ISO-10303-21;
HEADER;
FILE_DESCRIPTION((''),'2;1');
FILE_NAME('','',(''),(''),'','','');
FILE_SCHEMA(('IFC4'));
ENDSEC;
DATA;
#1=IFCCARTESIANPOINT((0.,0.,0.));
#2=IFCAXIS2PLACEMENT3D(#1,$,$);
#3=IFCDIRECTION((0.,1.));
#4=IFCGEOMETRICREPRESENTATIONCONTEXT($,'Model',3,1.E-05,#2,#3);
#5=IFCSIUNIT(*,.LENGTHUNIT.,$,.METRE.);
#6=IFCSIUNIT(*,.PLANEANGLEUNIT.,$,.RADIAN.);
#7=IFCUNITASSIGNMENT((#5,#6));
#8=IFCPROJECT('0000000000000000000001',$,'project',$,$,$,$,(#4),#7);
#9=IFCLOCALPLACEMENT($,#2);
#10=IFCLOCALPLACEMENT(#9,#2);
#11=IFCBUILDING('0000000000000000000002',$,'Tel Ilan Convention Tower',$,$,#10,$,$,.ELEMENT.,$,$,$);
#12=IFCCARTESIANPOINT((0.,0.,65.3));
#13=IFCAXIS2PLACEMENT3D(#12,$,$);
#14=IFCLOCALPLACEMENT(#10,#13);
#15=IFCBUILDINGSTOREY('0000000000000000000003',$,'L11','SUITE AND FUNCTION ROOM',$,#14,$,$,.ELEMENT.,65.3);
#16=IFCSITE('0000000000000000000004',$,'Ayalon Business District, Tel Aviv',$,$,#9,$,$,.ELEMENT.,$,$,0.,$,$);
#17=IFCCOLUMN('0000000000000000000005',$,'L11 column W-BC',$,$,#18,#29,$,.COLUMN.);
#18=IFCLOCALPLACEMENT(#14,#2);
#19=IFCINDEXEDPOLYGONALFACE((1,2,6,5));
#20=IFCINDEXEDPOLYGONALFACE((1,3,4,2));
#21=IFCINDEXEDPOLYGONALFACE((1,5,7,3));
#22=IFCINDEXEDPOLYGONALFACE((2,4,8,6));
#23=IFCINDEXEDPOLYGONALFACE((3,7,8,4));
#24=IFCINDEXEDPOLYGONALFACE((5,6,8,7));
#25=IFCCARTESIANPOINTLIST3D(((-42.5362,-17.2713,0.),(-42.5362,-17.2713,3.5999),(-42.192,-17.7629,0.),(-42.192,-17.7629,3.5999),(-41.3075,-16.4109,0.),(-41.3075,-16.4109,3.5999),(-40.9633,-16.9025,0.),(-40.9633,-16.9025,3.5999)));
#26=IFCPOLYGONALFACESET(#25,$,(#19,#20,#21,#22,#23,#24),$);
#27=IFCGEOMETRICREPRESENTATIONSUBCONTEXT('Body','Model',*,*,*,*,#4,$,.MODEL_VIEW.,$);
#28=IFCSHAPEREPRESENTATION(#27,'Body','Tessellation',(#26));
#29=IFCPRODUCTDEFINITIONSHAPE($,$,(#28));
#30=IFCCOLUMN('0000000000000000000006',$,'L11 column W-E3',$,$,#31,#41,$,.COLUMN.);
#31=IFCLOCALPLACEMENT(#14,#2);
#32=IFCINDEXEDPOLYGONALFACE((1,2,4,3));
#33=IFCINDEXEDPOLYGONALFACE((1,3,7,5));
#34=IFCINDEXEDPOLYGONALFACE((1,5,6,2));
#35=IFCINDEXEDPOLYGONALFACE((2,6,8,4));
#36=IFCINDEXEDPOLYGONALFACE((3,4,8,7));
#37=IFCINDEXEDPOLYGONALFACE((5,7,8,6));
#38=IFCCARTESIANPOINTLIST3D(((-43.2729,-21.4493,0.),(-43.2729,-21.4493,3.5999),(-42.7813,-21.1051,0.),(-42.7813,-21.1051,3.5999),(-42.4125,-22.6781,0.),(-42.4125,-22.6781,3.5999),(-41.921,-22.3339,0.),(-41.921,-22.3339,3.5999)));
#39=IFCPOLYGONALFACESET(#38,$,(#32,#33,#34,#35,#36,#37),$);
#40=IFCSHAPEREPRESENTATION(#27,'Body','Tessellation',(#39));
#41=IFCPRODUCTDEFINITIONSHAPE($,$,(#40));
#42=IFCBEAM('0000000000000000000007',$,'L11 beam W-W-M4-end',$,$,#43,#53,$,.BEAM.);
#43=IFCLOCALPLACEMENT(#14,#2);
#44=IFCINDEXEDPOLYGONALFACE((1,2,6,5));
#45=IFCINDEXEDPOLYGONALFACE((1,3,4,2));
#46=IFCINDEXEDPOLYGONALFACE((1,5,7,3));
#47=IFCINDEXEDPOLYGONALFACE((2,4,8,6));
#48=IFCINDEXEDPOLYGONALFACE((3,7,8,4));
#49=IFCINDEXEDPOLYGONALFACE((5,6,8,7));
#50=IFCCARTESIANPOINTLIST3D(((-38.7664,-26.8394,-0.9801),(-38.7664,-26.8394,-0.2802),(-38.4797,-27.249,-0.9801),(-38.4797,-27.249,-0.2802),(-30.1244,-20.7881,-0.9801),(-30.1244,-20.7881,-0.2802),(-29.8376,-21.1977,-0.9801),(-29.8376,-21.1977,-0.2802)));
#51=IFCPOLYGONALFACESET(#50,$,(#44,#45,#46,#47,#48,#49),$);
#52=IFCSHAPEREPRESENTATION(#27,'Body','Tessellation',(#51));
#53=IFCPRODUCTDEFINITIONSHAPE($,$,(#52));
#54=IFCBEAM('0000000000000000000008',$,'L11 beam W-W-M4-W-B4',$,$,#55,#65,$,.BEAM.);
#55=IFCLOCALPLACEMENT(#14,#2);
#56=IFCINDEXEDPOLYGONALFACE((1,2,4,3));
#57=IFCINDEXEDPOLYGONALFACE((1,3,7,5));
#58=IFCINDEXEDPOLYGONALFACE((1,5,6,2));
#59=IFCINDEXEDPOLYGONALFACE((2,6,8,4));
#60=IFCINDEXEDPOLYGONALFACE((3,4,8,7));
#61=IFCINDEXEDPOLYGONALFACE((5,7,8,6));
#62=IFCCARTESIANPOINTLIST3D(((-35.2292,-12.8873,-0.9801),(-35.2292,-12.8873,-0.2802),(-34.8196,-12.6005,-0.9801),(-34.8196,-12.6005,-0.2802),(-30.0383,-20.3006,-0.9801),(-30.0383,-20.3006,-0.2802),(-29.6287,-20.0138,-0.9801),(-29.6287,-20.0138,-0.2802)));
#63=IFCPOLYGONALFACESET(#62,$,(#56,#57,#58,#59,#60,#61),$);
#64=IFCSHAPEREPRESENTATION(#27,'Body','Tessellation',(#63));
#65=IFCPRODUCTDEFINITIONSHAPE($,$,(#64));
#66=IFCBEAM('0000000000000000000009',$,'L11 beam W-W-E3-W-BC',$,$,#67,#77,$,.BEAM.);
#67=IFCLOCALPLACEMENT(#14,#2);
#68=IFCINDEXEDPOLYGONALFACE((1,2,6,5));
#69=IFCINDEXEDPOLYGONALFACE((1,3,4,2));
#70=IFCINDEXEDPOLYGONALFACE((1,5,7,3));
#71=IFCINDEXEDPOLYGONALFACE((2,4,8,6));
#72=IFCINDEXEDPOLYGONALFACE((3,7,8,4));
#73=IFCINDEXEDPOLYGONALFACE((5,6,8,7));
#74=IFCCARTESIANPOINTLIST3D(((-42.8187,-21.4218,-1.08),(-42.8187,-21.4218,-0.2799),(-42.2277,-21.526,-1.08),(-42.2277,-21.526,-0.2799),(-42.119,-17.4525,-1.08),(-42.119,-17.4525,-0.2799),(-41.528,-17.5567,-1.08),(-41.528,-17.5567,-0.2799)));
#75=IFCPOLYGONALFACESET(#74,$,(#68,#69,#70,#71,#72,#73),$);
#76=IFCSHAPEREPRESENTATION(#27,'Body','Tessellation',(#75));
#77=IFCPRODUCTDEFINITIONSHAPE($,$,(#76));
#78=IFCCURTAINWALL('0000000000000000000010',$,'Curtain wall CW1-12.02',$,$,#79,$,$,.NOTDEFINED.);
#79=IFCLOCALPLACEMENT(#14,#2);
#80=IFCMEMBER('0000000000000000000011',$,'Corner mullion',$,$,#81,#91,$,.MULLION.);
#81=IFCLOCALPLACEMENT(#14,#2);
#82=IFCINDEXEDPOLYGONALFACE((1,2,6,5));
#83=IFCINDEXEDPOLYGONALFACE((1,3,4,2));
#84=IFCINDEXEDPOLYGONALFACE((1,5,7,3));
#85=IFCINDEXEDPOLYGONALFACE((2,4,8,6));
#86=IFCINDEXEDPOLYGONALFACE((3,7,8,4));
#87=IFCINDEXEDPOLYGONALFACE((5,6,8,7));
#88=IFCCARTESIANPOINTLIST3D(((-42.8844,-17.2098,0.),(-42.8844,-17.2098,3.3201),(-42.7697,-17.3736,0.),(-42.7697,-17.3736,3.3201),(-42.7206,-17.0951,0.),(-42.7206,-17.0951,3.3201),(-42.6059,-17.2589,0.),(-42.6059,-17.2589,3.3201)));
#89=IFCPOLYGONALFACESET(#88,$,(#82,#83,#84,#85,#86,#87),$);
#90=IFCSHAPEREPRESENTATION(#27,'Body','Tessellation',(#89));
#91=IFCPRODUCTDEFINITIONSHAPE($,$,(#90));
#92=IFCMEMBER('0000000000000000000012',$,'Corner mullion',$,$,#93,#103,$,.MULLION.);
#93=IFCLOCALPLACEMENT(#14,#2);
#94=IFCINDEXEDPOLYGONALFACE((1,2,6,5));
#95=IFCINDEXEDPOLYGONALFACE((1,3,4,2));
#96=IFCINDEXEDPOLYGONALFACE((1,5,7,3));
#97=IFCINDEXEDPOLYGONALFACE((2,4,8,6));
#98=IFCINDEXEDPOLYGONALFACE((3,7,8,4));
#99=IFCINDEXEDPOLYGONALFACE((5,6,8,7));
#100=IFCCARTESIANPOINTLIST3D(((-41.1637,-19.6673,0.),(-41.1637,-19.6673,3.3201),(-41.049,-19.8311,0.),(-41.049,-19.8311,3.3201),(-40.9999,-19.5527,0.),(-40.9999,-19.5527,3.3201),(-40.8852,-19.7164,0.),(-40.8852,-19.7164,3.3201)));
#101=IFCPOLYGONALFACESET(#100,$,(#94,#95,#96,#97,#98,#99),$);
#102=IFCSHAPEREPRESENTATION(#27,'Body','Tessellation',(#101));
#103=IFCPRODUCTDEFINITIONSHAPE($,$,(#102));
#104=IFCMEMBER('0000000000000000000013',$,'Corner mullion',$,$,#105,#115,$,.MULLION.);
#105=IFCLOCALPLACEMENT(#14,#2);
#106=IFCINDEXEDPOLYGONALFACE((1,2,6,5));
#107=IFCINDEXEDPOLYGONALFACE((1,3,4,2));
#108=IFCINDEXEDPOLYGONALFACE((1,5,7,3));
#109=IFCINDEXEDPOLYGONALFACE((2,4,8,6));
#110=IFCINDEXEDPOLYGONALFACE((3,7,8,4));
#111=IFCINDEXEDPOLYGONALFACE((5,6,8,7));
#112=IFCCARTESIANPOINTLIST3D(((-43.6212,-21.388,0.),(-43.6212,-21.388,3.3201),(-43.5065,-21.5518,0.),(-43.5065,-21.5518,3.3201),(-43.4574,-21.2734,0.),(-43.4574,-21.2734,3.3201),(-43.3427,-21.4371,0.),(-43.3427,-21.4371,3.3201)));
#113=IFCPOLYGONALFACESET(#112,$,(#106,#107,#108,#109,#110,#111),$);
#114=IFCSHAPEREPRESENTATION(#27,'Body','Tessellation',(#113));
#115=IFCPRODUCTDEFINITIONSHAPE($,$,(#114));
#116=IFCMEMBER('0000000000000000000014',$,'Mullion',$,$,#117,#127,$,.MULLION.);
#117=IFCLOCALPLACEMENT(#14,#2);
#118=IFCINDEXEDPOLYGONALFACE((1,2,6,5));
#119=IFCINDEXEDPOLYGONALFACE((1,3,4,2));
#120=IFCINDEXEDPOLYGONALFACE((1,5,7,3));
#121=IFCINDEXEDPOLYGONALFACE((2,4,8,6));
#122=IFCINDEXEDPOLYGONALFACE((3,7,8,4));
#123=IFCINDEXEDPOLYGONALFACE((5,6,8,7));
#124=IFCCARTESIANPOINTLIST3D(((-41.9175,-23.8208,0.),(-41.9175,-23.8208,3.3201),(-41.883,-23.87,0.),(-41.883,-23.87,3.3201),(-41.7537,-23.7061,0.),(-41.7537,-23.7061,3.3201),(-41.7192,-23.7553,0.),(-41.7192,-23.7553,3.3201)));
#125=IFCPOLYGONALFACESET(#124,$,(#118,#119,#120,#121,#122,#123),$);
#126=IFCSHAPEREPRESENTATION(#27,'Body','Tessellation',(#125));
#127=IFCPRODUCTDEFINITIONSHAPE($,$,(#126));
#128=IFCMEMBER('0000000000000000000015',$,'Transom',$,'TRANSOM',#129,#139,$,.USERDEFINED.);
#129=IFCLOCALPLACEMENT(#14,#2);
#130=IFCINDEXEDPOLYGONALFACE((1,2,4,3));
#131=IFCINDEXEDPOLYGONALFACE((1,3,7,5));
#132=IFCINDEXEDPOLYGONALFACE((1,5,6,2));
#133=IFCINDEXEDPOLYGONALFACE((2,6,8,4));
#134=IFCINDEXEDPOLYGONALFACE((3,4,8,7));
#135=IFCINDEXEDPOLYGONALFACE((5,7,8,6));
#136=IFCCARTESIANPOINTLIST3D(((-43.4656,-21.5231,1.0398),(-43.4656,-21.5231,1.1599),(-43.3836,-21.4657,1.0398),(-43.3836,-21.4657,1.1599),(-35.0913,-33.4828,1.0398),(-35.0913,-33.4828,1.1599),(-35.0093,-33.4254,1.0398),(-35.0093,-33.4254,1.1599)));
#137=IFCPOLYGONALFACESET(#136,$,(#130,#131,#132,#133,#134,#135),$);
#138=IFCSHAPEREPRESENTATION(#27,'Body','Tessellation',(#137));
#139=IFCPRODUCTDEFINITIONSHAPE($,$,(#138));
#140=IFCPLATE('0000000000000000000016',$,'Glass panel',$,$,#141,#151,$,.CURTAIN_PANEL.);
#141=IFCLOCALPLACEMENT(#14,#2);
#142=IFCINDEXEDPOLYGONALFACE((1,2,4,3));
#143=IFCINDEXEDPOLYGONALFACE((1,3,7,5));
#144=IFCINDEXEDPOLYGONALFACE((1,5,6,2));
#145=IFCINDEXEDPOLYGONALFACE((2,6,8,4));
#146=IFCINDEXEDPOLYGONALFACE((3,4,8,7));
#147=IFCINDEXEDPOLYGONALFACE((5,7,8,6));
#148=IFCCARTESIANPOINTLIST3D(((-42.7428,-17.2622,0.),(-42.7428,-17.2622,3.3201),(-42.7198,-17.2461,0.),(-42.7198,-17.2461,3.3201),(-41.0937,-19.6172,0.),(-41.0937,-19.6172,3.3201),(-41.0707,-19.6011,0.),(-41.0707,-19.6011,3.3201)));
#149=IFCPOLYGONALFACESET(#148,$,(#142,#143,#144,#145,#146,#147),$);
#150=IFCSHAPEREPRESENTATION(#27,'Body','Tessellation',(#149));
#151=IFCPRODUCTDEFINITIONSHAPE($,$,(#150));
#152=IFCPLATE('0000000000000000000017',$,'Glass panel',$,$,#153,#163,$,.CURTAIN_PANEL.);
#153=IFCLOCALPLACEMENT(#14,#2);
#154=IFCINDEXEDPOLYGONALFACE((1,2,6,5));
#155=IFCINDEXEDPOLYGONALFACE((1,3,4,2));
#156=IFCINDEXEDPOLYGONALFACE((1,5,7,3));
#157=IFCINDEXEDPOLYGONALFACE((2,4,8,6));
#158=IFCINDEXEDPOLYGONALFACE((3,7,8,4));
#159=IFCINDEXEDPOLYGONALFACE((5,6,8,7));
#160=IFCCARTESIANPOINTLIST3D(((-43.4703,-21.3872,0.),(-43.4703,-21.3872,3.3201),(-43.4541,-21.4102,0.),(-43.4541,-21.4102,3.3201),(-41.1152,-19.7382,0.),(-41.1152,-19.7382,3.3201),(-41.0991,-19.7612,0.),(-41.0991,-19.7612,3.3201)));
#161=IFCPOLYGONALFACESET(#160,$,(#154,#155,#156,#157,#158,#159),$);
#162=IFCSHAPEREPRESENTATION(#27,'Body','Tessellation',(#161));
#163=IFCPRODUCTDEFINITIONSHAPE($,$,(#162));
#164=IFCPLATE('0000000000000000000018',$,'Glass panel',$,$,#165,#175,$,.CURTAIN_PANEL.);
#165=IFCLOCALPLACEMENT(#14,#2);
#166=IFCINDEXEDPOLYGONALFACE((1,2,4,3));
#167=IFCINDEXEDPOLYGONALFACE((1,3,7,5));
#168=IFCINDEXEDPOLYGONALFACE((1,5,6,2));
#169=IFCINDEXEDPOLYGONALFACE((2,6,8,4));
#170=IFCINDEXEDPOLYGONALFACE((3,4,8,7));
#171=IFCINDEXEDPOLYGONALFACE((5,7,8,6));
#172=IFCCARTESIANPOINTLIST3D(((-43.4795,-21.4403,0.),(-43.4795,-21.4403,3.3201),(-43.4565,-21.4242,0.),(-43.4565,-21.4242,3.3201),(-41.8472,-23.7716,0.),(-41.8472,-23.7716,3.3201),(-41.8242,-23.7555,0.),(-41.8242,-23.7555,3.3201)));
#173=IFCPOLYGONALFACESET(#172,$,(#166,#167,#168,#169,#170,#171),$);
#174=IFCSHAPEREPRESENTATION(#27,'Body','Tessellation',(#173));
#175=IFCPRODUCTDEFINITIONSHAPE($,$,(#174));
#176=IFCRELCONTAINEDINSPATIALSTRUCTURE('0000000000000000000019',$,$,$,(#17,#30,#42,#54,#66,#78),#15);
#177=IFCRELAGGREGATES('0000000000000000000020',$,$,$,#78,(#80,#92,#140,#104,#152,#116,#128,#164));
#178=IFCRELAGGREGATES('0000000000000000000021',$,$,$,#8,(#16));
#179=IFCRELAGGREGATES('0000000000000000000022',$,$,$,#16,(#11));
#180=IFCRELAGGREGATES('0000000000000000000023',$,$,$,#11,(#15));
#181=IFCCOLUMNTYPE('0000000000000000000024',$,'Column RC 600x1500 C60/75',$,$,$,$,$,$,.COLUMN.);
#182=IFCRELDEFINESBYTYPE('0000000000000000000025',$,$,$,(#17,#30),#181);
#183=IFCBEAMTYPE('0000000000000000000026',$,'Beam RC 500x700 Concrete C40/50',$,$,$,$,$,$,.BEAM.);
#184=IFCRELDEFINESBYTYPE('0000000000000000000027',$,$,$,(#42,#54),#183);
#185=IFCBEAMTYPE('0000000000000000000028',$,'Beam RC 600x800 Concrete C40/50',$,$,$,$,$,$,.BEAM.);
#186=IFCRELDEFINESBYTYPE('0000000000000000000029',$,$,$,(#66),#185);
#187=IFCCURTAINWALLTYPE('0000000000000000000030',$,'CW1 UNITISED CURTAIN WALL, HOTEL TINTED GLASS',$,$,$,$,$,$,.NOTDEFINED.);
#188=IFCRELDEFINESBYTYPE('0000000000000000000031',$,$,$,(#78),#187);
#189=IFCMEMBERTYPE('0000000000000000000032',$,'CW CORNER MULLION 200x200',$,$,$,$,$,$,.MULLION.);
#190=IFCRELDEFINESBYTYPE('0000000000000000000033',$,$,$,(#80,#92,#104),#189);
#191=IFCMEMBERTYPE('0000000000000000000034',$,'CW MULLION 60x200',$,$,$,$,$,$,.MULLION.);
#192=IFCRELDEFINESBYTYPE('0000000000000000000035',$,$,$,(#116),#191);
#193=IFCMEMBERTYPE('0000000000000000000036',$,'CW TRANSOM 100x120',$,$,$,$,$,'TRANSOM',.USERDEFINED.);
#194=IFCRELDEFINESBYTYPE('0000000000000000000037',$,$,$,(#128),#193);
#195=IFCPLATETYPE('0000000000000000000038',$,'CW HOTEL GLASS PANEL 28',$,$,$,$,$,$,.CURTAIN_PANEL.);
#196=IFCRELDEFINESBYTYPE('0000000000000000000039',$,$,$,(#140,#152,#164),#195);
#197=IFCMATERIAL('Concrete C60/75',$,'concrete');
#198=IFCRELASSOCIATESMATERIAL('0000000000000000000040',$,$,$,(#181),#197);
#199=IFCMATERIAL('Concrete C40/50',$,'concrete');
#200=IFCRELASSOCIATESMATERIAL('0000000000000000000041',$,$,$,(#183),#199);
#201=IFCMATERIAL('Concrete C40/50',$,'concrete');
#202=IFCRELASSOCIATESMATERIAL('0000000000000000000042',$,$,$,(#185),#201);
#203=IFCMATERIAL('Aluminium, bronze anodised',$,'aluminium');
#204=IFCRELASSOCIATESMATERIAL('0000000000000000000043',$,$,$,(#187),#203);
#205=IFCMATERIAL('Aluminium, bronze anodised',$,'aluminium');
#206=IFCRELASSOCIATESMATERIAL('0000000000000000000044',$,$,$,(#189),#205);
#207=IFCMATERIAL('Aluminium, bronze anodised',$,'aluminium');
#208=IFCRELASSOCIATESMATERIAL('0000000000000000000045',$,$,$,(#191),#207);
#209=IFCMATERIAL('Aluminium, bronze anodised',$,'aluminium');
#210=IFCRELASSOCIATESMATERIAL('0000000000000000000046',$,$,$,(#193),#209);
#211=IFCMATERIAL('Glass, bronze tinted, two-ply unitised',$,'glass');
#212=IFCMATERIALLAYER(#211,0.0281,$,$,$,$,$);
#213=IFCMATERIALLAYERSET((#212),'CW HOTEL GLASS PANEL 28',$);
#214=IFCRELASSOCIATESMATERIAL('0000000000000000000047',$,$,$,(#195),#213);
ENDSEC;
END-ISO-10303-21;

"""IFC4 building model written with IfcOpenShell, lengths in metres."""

from ifc_helpers import new_model, si_unit, direction, frame, origin, origin_2d, place, context, subcontext, project, spatial, rectangle, extrude, material, layer, layer_set, material_profile, profile_set, type_object, element, aggregate, save


model = new_model("IFC4")

# Units and contexts
model_context = context("Model", 3, precision=1e-05, world=origin(), true_north=direction((0.0, 1.0)))
body_context = subcontext(model_context, "Body", "Model", "MODEL_VIEW")
ifc_project = project(units=[si_unit("LENGTHUNIT", "METRE"), si_unit("PLANEANGLEUNIT", "RADIAN")], contexts=[model_context])

# Site, building, storey
site_placement = place(None, origin())
site = spatial("IfcSite", under=ifc_project, at=site_placement, Name="Ayalon Business District, Tel Aviv", CompositionType="ELEMENT", RefElevation=0.0)
building_placement = place(site_placement, origin())
building = spatial("IfcBuilding", under=site, at=building_placement, Name="Tel Ilan Convention Tower", CompositionType="ELEMENT")
storey_placement = place(building_placement, frame((0.0, 0.0, 65.3)))
storey = spatial("IfcBuildingStorey", under=building, at=storey_placement, Name="L11", Description="SUITE AND FUNCTION ROOM", CompositionType="ELEMENT", Elevation=65.3)

# Columns
ifc_material_1 = material(Name="Concrete C60/75", Category="concrete")
ifc_material_profile_1 = material_profile(ifc_material_1, rectangle(XDim=1.5, YDim=0.6001, at=origin_2d()), Name="RC 600x1500")
ifc_profile_set_1 = profile_set([ifc_material_profile_1], Name="Concrete C60/75")
column_type = type_object("IfcColumnType", Name="Column RC 600x1500 C60/75", PredefinedType="COLUMN", material=ifc_profile_set_1)
for number, where, z_axis, x_axis, name in (
    (1, (-41.7498, -17.0869, 0.0), (0.0, 0.0, 1.0), (-0.819152, -0.573576, 0.0), "L11 column W-BC"),
    (2, (-42.5969, -21.8916, 0.0), (0.0, 0.0, 1.0), (-0.573576, 0.819152, 0.0), "L11 column W-E3"),
):
    element("IfcColumn", number, at=place(storey_placement, frame(where, z_axis=z_axis, x_axis=x_axis)), inside=storey, type_object=column_type, Name=name, PredefinedType="COLUMN", context=body_context, shape_type="SweptSolid", body=[
        extrude(rectangle(XDim=1.5, YDim=0.6001, at=origin_2d()), origin(), (0.0, 0.0, 1.0), 3.5999),
    ])

# Beams
ifc_material_2 = material(Name="Concrete C40/50", Category="concrete")
ifc_material_profile_2 = material_profile(ifc_material_2, rectangle(XDim=0.5, YDim=0.7, at=origin_2d()), Name="RC 500x700")
ifc_profile_set_2 = profile_set([ifc_material_profile_2], Name="Concrete C40/50")
beam_type_1 = type_object("IfcBeamType", Name="Beam RC 500x700 Concrete C40/50", PredefinedType="BEAM", material=ifc_profile_set_2)
beam_1_placement = place(storey_placement, frame((-29.981, -20.9929, -0.6301), z_axis=(-0.819151, -0.573577, 0.0), x_axis=(0.573577, -0.819151, 0.0)))
element("IfcBeam", 3, at=beam_1_placement, inside=storey, type_object=beam_type_1, Name="L11 beam W-W-M4-end", PredefinedType="BEAM", context=body_context, shape_type="SweptSolid", body=[
    extrude(rectangle(XDim=0.5, YDim=0.7, at=origin_2d()), origin(), (0.0, 0.0, 1.0), 10.55),
])
beam_2_placement = place(storey_placement, frame((-29.8335, -20.1572, -0.6301), z_axis=(-0.57358, 0.81915, 0.0), x_axis=(-0.81915, -0.57358, 0.0)))
element("IfcBeam", 4, at=beam_2_placement, inside=storey, type_object=beam_type_1, Name="L11 beam W-W-M4-W-B4", PredefinedType="BEAM", context=body_context, shape_type="SweptSolid", body=[
    extrude(rectangle(XDim=0.5, YDim=0.7, at=origin_2d()), origin(), (0.0, 0.0, 1.0), 9.05),
])
ifc_material_3 = material(Name="Concrete C40/50", Category="concrete")
ifc_material_profile_3 = material_profile(ifc_material_3, rectangle(XDim=0.6001, YDim=0.8, at=origin_2d()), Name="RC 600x800")
ifc_profile_set_3 = profile_set([ifc_material_profile_3], Name="Concrete C40/50")
beam_type_2 = type_object("IfcBeamType", Name="Beam RC 600x800 Concrete C40/50", PredefinedType="BEAM", material=ifc_profile_set_3)
beam_3_placement = place(storey_placement, frame((-42.5232, -21.4739, -0.6799), z_axis=(0.173606, 0.984815, 0.0), x_axis=(-0.984815, 0.173606, 0.0)))
element("IfcBeam", 5, at=beam_3_placement, inside=storey, type_object=beam_type_2, Name="L11 beam W-W-E3-W-BC", PredefinedType="BEAM", context=body_context, shape_type="SweptSolid", body=[
    extrude(rectangle(XDim=0.6001, YDim=0.8, at=origin_2d()), origin(), (0.0, 0.0, 1.0), 4.0305),
])

# Curtain wall, members, plates
ifc_material_4 = material(Name="Aluminium, bronze anodised", Category="aluminium")
curtain_wall_type = type_object("IfcCurtainWallType", Name="CW1 UNITISED CURTAIN WALL, HOTEL TINTED GLASS", PredefinedType="NOTDEFINED", material=ifc_material_4)
curtain_wall_placement = place(storey_placement, origin())
curtain_wall = element("IfcCurtainWall", 6, at=curtain_wall_placement, inside=storey, type_object=curtain_wall_type, Name="Curtain wall CW1-12.02", PredefinedType="NOTDEFINED")
ifc_material_5 = material(Name="Aluminium, bronze anodised", Category="aluminium")
ifc_material_profile_4 = material_profile(ifc_material_5, rectangle(XDim=0.2, YDim=0.2, at=origin_2d()), Name="CW CORNER MULLION 200x200")
ifc_profile_set_4 = profile_set([ifc_material_profile_4], Name="Aluminium, bronze anodised")
member_type_1 = type_object("IfcMemberType", Name="CW CORNER MULLION 200x200", PredefinedType="MULLION", material=ifc_profile_set_4)
member_1_placement = place(storey_placement, frame((-42.7451, -17.2344, 0.0), z_axis=(0.0, 0.0, 1.0), x_axis=(-0.819152, -0.573576, 0.0)))
member_1 = element("IfcMember", 7, at=member_1_placement, type_object=member_type_1, Name="Corner mullion", PredefinedType="MULLION", context=body_context, shape_type="SweptSolid", body=[
    extrude(rectangle(XDim=0.2, YDim=0.2, at=origin_2d()), origin(), (0.0, 0.0, 1.0), 3.3201),
])
member_2_placement = place(storey_placement, frame((-41.0244, -19.6919, 0.0), z_axis=(0.0, 0.0, 1.0), x_axis=(0.573576, -0.819152, 0.0)))
member_2 = element("IfcMember", 8, at=member_2_placement, type_object=member_type_1, Name="Corner mullion", PredefinedType="MULLION", context=body_context, shape_type="SweptSolid", body=[
    extrude(rectangle(XDim=0.2, YDim=0.2, at=origin_2d()), origin(), (0.0, 0.0, 1.0), 3.3201),
])
member_3_placement = place(storey_placement, frame((-43.4819, -21.4126, 0.0), z_axis=(0.0, 0.0, 1.0), x_axis=(-0.819152, -0.573576, 0.0)))
member_3 = element("IfcMember", 9, at=member_3_placement, type_object=member_type_1, Name="Corner mullion", PredefinedType="MULLION", context=body_context, shape_type="SweptSolid", body=[
    extrude(rectangle(XDim=0.2, YDim=0.2, at=origin_2d()), origin(), (0.0, 0.0, 1.0), 3.3201),
])
ifc_material_6 = material(Name="Aluminium, bronze anodised", Category="aluminium")
ifc_material_profile_5 = material_profile(ifc_material_6, rectangle(XDim=0.0601, YDim=0.2, at=origin_2d()), Name="CW MULLION 60x200")
ifc_profile_set_5 = profile_set([ifc_material_profile_5], Name="Aluminium, bronze anodised")
member_type_2 = type_object("IfcMemberType", Name="CW MULLION 60x200", PredefinedType="MULLION", material=ifc_profile_set_5)
member_4_placement = place(storey_placement, frame((-41.8184, -23.7881, 0.0), z_axis=(0.0, 0.0, 1.0), x_axis=(0.573576, -0.819152, 0.0)))
member_4 = element("IfcMember", 10, at=member_4_placement, type_object=member_type_2, Name="Mullion", PredefinedType="MULLION", context=body_context, shape_type="SweptSolid", body=[
    extrude(rectangle(XDim=0.0601, YDim=0.2, at=origin_2d()), origin(), (0.0, 0.0, 1.0), 3.3201),
])
ifc_material_7 = material(Name="Aluminium, bronze anodised", Category="aluminium")
ifc_material_profile_6 = material_profile(ifc_material_7, rectangle(XDim=0.1001, YDim=0.1201, at=origin_2d()), Name="CW TRANSOM 100x120")
ifc_profile_set_6 = profile_set([ifc_material_profile_6], Name="Aluminium, bronze anodised")
member_type_3 = type_object("IfcMemberType", Name="CW TRANSOM 100x120", ElementType="TRANSOM", PredefinedType="USERDEFINED", material=ifc_profile_set_6)
member_5_placement = place(storey_placement, frame((-43.4246, -21.4944, 1.0999), z_axis=(0.573576, -0.819153, 0.0), x_axis=(0.819153, 0.573576, 0.0)))
member_5 = element("IfcMember", 11, at=member_5_placement, type_object=member_type_3, Name="Transom", ObjectType="TRANSOM", PredefinedType="USERDEFINED", context=body_context, shape_type="SweptSolid", body=[
    extrude(rectangle(XDim=0.1001, YDim=0.1201, at=origin_2d()), origin(), (0.0, 0.0, 1.0), 14.6001),
])
ifc_material_8 = material(Name="Glass, bronze tinted, two-ply unitised", Category="glass")
ifc_layer_1 = layer(ifc_material_8, 0.0281)
ifc_layer_set_1 = layer_set([ifc_layer_1], Name="CW HOTEL GLASS PANEL 28")
plate_type = type_object("IfcPlateType", Name="CW HOTEL GLASS PANEL 28", PredefinedType="CURTAIN_PANEL", material=ifc_layer_set_1)
plate_1_placement = place(storey_placement, frame((-41.9067, -18.4316, 0.0), z_axis=(0.0, 0.0, 1.0), x_axis=(0.573576, -0.819152, 0.0)))
plate_1 = element("IfcPlate", 12, at=plate_1_placement, type_object=plate_type, Name="Glass panel", PredefinedType="CURTAIN_PANEL", context=body_context, shape_type="SweptSolid", body=[
    extrude(rectangle(XDim=2.875, YDim=0.0281, at=origin_2d()), origin(), (0.0, 0.0, 1.0), 3.3201),
])
plate_2_placement = place(storey_placement, frame((-42.2847, -20.5742, 0.0), z_axis=(0.0, 0.0, 1.0), x_axis=(-0.819152, -0.573576, 0.0)))
plate_2 = element("IfcPlate", 13, at=plate_2_placement, type_object=plate_type, Name="Glass panel", PredefinedType="CURTAIN_PANEL", context=body_context, shape_type="SweptSolid", body=[
    extrude(rectangle(XDim=2.875, YDim=0.0281, at=origin_2d()), origin(), (0.0, 0.0, 1.0), 3.3201),
])
plate_3_placement = place(storey_placement, frame((-42.6519, -22.5979, 0.0), z_axis=(0.0, 0.0, 1.0), x_axis=(0.573576, -0.819152, 0.0)))
plate_3 = element("IfcPlate", 14, at=plate_3_placement, type_object=plate_type, Name="Glass panel", PredefinedType="CURTAIN_PANEL", context=body_context, shape_type="SweptSolid", body=[
    extrude(rectangle(XDim=2.8459, YDim=0.0281, at=origin_2d()), origin(), (0.0, 0.0, 1.0), 3.3201),
])
aggregate(curtain_wall, [member_1, member_2, plate_1, member_3, plate_2, member_4, member_5, plate_3])

save(model, "model.ifc")
